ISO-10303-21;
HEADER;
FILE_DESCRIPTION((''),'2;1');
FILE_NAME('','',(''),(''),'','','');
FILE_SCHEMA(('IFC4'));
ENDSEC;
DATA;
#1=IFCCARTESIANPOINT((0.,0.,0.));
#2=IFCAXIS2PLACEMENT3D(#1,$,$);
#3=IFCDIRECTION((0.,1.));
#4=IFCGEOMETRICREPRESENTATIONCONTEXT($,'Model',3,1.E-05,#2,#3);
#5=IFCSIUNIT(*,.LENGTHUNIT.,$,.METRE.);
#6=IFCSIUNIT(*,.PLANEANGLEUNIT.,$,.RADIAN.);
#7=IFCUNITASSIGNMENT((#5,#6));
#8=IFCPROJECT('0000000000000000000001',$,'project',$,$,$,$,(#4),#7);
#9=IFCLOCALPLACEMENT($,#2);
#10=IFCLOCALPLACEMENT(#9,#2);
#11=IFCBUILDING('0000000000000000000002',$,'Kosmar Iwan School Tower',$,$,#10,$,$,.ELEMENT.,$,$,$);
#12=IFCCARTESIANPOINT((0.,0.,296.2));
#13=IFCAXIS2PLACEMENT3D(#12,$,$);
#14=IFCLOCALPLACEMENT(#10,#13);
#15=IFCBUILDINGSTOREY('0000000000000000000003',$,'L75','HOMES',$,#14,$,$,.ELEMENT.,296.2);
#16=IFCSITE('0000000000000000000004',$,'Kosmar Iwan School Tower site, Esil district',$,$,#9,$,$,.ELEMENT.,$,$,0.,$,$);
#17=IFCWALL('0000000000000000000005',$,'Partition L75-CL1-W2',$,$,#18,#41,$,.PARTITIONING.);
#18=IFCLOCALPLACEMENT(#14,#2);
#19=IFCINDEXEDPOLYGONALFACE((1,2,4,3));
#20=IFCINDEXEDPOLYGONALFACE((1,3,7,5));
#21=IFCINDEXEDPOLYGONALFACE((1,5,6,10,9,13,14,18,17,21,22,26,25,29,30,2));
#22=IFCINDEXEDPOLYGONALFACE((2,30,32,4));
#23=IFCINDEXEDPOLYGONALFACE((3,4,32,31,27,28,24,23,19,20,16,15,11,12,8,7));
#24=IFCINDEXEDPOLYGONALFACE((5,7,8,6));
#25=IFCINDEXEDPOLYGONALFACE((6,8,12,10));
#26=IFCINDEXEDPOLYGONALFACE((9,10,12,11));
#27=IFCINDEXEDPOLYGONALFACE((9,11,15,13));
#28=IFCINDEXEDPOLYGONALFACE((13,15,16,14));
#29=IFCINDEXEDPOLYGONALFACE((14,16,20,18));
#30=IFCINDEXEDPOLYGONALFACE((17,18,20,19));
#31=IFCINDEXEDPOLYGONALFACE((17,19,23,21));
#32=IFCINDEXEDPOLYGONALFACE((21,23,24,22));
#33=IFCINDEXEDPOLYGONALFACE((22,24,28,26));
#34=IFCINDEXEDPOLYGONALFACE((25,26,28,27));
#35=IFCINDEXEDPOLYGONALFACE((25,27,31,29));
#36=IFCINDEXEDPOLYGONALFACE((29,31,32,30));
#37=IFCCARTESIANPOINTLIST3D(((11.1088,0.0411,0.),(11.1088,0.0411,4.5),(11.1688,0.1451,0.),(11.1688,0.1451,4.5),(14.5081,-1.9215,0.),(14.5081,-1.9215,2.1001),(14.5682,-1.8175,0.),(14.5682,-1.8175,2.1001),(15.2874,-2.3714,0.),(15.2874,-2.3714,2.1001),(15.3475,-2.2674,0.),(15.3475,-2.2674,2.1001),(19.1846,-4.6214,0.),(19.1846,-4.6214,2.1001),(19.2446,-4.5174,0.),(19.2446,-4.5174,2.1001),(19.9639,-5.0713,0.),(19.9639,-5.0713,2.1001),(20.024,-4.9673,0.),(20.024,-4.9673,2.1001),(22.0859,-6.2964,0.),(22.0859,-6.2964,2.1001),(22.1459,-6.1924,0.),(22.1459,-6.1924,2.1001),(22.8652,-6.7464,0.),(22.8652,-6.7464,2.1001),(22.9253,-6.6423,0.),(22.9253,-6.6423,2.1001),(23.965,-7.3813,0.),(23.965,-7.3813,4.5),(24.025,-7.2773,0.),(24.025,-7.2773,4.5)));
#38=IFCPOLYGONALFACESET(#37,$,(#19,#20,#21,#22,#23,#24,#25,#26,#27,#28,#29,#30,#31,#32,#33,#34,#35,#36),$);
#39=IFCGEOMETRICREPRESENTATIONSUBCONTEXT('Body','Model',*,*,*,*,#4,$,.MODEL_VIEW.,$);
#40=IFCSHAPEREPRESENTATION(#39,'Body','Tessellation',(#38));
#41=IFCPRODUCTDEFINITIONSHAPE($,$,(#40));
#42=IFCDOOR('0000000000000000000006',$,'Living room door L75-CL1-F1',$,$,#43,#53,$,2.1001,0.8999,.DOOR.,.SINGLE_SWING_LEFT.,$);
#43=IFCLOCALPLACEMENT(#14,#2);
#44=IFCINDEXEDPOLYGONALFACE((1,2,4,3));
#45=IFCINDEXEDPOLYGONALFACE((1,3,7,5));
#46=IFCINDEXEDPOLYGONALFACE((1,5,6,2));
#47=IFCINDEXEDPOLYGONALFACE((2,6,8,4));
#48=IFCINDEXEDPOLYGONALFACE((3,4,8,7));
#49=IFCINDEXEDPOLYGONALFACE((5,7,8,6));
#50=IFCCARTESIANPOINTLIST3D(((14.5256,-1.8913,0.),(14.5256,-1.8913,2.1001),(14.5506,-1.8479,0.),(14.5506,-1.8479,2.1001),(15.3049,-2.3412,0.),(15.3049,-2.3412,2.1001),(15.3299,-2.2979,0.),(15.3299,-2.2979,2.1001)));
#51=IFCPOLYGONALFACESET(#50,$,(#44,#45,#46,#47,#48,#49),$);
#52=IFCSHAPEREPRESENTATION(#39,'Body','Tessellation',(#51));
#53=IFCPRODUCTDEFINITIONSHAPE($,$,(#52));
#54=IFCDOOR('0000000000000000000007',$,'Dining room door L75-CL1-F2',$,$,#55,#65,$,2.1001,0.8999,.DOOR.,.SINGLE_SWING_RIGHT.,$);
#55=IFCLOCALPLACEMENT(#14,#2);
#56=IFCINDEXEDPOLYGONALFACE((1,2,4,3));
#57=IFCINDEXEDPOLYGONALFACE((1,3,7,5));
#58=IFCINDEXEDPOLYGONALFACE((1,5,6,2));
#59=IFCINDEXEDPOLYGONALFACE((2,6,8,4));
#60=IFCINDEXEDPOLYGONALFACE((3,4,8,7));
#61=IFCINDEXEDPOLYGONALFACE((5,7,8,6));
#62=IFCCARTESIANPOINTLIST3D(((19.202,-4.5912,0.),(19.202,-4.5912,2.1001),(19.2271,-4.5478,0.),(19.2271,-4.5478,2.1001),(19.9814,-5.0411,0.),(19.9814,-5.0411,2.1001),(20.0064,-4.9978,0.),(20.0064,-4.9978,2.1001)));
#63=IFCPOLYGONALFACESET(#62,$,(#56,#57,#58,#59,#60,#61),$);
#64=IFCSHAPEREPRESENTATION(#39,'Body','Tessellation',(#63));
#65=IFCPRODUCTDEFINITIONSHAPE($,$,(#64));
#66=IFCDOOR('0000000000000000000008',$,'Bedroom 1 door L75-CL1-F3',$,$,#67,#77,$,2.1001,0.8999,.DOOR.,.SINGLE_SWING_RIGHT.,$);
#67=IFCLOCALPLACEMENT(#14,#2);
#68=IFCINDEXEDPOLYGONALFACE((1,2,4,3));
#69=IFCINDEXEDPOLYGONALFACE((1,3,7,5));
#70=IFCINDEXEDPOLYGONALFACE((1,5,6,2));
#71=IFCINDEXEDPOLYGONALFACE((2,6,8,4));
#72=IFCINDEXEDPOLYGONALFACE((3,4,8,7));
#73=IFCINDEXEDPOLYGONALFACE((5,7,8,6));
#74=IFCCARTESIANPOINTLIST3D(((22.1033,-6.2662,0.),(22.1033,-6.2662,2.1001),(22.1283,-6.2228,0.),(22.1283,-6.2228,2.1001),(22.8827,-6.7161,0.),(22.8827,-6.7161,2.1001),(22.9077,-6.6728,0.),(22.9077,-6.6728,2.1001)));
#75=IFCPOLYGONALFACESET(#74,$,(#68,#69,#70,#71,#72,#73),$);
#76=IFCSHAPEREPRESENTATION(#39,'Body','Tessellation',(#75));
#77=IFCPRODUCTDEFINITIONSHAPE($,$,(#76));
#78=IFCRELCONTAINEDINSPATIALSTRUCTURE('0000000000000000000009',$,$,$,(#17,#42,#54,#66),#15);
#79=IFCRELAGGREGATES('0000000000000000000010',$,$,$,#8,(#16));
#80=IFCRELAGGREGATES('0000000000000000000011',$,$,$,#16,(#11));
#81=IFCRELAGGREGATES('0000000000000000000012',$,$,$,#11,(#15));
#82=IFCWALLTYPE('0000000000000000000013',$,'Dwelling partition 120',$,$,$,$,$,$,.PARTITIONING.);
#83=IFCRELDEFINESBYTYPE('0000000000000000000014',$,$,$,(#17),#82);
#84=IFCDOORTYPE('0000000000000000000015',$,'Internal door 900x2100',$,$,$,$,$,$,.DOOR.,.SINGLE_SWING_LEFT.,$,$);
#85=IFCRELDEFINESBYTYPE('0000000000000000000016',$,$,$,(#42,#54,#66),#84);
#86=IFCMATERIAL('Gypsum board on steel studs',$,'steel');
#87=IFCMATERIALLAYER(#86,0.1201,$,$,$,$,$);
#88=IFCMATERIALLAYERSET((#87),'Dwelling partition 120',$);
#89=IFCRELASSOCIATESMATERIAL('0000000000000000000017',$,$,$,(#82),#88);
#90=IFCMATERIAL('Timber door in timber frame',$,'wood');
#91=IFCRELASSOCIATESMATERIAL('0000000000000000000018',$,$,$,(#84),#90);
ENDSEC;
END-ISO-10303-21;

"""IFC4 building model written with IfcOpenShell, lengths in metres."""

from ifc_helpers import new_model, si_unit, direction, frame, frame_2d, origin, place, context, subcontext, project, spatial, rectangle, extrude, material, layer, layer_set, type_object, element, fill, save


model = new_model("IFC4")

# Units and contexts
model_context = context("Model", 3, precision=1e-05, world=origin(), true_north=direction((0.0, 1.0)))
body_context = subcontext(model_context, "Body", "Model", "MODEL_VIEW")
ifc_project = project(units=[si_unit("LENGTHUNIT", "METRE"), si_unit("PLANEANGLEUNIT", "RADIAN")], contexts=[model_context])

# Site, building, storey
site_placement = place(None, origin())
site = spatial("IfcSite", under=ifc_project, at=site_placement, Name="Kosmar Iwan School Tower site, Esil district", CompositionType="ELEMENT", RefElevation=0.0)
building_placement = place(site_placement, origin())
building = spatial("IfcBuilding", under=site, at=building_placement, Name="Kosmar Iwan School Tower", CompositionType="ELEMENT")
storey_placement = place(building_placement, frame((0.0, 0.0, 296.2)))
storey = spatial("IfcBuildingStorey", under=building, at=storey_placement, Name="L75", Description="HOMES", CompositionType="ELEMENT", Elevation=296.2)

# Wall, openings, doors
ifc_material_1 = material(Name="Gypsum board on steel studs", Category="steel")
ifc_layer_1 = layer(ifc_material_1, 0.1201)
ifc_layer_set_1 = layer_set([ifc_layer_1], Name="Dwelling partition 120")
wall_type_1 = type_object("IfcWallType", Name="Dwelling partition 120", PredefinedType="PARTITIONING", material=ifc_layer_set_1)
wall_1_placement = place(storey_placement, frame((11.1389, 0.093, 0.0), z_axis=(0.0, 0.0, 1.0), x_axis=(0.86603, -0.499992, 0.0)))
wall_1 = element("IfcWall", 1, at=wall_1_placement, inside=storey, type_object=wall_type_1, Name="Partition L75-CL1-W2", PredefinedType="PARTITIONING", context=body_context, shape_type="SweptSolid", body=[
    extrude(rectangle(XDim=14.845, YDim=0.1201, at=frame_2d((7.4224, 0.0))), origin(), (0.0, 0.0, 1.0), 4.5),
])
opening_1_placement = place(wall_1_placement, frame((3.925, 0.0, 0.0)))
opening_1 = element("IfcOpeningElement", 2, at=opening_1_placement, cuts=wall_1, PredefinedType="OPENING", context=body_context, shape_type="SweptSolid", body=[
    extrude(rectangle(XDim=0.8999, YDim=2.1001, at=frame_2d((0.45, 1.05))), frame((0.0, 0.072, 0.0), z_axis=(0.0, -1.0, 0.0), x_axis=(1.0, 0.0, 0.0)), (0.0, 0.0, 1.0), 0.144),
])
opening_2_placement = place(wall_1_placement, frame((9.325, 0.0, 0.0)))
opening_2 = element("IfcOpeningElement", 3, at=opening_2_placement, cuts=wall_1, PredefinedType="OPENING", context=body_context, shape_type="SweptSolid", body=[
    extrude(rectangle(XDim=0.8999, YDim=2.1001, at=frame_2d((0.45, 1.05))), frame((0.0, 0.072, 0.0), z_axis=(0.0, -1.0, 0.0), x_axis=(1.0, 0.0, 0.0)), (0.0, 0.0, 1.0), 0.144),
])
opening_3_placement = place(wall_1_placement, frame((12.675, 0.0, 0.0)))
opening_3 = element("IfcOpeningElement", 4, at=opening_3_placement, cuts=wall_1, PredefinedType="OPENING", context=body_context, shape_type="SweptSolid", body=[
    extrude(rectangle(XDim=0.8999, YDim=2.1001, at=frame_2d((0.45, 1.05))), frame((0.0, 0.072, 0.0), z_axis=(0.0, -1.0, 0.0), x_axis=(1.0, 0.0, 0.0)), (0.0, 0.0, 1.0), 0.144),
])
ifc_material_2 = material(Name="Timber door in timber frame", Category="wood")
door_type = type_object("IfcDoorType", Name="Internal door 900x2100", OperationType="SINGLE_SWING_LEFT", PredefinedType="DOOR", material=ifc_material_2)
door_1_placement = place(opening_1_placement, origin())
door_1 = element("IfcDoor", 5, at=door_1_placement, inside=storey, type_object=door_type, Name="Living room door L75-CL1-F1", OperationType="SINGLE_SWING_LEFT", OverallHeight=2.1001, OverallWidth=0.8999, PredefinedType="DOOR", context=body_context, shape_type="SweptSolid", body=[
    extrude(rectangle(XDim=0.8999, YDim=2.1001, at=frame_2d((0.45, 1.05))), frame((0.0, 0.0249, 0.0), z_axis=(0.0, -1.0, 0.0), x_axis=(1.0, 0.0, 0.0)), (0.0, 0.0, 1.0), 0.05),
])
fill(opening_1, door_1)
door_2_placement = place(opening_2_placement, origin())
door_2 = element("IfcDoor", 6, at=door_2_placement, inside=storey, type_object=door_type, Name="Dining room door L75-CL1-F2", OperationType="SINGLE_SWING_RIGHT", OverallHeight=2.1001, OverallWidth=0.8999, PredefinedType="DOOR", context=body_context, shape_type="SweptSolid", body=[
    extrude(rectangle(XDim=0.8999, YDim=2.1001, at=frame_2d((0.45, 1.05))), frame((0.0, 0.0249, 0.0), z_axis=(0.0, -1.0, 0.0), x_axis=(1.0, 0.0, 0.0)), (0.0, 0.0, 1.0), 0.05),
])
fill(opening_2, door_2)
door_3_placement = place(opening_3_placement, origin())
door_3 = element("IfcDoor", 7, at=door_3_placement, inside=storey, type_object=door_type, Name="Bedroom 1 door L75-CL1-F3", OperationType="SINGLE_SWING_RIGHT", OverallHeight=2.1001, OverallWidth=0.8999, PredefinedType="DOOR", context=body_context, shape_type="SweptSolid", body=[
    extrude(rectangle(XDim=0.8999, YDim=2.1001, at=frame_2d((0.45, 1.05))), frame((0.0, 0.0249, 0.0), z_axis=(0.0, -1.0, 0.0), x_axis=(1.0, 0.0, 0.0)), (0.0, 0.0, 1.0), 0.05),
])
fill(opening_3, door_3)

save(model, "model.ifc")
